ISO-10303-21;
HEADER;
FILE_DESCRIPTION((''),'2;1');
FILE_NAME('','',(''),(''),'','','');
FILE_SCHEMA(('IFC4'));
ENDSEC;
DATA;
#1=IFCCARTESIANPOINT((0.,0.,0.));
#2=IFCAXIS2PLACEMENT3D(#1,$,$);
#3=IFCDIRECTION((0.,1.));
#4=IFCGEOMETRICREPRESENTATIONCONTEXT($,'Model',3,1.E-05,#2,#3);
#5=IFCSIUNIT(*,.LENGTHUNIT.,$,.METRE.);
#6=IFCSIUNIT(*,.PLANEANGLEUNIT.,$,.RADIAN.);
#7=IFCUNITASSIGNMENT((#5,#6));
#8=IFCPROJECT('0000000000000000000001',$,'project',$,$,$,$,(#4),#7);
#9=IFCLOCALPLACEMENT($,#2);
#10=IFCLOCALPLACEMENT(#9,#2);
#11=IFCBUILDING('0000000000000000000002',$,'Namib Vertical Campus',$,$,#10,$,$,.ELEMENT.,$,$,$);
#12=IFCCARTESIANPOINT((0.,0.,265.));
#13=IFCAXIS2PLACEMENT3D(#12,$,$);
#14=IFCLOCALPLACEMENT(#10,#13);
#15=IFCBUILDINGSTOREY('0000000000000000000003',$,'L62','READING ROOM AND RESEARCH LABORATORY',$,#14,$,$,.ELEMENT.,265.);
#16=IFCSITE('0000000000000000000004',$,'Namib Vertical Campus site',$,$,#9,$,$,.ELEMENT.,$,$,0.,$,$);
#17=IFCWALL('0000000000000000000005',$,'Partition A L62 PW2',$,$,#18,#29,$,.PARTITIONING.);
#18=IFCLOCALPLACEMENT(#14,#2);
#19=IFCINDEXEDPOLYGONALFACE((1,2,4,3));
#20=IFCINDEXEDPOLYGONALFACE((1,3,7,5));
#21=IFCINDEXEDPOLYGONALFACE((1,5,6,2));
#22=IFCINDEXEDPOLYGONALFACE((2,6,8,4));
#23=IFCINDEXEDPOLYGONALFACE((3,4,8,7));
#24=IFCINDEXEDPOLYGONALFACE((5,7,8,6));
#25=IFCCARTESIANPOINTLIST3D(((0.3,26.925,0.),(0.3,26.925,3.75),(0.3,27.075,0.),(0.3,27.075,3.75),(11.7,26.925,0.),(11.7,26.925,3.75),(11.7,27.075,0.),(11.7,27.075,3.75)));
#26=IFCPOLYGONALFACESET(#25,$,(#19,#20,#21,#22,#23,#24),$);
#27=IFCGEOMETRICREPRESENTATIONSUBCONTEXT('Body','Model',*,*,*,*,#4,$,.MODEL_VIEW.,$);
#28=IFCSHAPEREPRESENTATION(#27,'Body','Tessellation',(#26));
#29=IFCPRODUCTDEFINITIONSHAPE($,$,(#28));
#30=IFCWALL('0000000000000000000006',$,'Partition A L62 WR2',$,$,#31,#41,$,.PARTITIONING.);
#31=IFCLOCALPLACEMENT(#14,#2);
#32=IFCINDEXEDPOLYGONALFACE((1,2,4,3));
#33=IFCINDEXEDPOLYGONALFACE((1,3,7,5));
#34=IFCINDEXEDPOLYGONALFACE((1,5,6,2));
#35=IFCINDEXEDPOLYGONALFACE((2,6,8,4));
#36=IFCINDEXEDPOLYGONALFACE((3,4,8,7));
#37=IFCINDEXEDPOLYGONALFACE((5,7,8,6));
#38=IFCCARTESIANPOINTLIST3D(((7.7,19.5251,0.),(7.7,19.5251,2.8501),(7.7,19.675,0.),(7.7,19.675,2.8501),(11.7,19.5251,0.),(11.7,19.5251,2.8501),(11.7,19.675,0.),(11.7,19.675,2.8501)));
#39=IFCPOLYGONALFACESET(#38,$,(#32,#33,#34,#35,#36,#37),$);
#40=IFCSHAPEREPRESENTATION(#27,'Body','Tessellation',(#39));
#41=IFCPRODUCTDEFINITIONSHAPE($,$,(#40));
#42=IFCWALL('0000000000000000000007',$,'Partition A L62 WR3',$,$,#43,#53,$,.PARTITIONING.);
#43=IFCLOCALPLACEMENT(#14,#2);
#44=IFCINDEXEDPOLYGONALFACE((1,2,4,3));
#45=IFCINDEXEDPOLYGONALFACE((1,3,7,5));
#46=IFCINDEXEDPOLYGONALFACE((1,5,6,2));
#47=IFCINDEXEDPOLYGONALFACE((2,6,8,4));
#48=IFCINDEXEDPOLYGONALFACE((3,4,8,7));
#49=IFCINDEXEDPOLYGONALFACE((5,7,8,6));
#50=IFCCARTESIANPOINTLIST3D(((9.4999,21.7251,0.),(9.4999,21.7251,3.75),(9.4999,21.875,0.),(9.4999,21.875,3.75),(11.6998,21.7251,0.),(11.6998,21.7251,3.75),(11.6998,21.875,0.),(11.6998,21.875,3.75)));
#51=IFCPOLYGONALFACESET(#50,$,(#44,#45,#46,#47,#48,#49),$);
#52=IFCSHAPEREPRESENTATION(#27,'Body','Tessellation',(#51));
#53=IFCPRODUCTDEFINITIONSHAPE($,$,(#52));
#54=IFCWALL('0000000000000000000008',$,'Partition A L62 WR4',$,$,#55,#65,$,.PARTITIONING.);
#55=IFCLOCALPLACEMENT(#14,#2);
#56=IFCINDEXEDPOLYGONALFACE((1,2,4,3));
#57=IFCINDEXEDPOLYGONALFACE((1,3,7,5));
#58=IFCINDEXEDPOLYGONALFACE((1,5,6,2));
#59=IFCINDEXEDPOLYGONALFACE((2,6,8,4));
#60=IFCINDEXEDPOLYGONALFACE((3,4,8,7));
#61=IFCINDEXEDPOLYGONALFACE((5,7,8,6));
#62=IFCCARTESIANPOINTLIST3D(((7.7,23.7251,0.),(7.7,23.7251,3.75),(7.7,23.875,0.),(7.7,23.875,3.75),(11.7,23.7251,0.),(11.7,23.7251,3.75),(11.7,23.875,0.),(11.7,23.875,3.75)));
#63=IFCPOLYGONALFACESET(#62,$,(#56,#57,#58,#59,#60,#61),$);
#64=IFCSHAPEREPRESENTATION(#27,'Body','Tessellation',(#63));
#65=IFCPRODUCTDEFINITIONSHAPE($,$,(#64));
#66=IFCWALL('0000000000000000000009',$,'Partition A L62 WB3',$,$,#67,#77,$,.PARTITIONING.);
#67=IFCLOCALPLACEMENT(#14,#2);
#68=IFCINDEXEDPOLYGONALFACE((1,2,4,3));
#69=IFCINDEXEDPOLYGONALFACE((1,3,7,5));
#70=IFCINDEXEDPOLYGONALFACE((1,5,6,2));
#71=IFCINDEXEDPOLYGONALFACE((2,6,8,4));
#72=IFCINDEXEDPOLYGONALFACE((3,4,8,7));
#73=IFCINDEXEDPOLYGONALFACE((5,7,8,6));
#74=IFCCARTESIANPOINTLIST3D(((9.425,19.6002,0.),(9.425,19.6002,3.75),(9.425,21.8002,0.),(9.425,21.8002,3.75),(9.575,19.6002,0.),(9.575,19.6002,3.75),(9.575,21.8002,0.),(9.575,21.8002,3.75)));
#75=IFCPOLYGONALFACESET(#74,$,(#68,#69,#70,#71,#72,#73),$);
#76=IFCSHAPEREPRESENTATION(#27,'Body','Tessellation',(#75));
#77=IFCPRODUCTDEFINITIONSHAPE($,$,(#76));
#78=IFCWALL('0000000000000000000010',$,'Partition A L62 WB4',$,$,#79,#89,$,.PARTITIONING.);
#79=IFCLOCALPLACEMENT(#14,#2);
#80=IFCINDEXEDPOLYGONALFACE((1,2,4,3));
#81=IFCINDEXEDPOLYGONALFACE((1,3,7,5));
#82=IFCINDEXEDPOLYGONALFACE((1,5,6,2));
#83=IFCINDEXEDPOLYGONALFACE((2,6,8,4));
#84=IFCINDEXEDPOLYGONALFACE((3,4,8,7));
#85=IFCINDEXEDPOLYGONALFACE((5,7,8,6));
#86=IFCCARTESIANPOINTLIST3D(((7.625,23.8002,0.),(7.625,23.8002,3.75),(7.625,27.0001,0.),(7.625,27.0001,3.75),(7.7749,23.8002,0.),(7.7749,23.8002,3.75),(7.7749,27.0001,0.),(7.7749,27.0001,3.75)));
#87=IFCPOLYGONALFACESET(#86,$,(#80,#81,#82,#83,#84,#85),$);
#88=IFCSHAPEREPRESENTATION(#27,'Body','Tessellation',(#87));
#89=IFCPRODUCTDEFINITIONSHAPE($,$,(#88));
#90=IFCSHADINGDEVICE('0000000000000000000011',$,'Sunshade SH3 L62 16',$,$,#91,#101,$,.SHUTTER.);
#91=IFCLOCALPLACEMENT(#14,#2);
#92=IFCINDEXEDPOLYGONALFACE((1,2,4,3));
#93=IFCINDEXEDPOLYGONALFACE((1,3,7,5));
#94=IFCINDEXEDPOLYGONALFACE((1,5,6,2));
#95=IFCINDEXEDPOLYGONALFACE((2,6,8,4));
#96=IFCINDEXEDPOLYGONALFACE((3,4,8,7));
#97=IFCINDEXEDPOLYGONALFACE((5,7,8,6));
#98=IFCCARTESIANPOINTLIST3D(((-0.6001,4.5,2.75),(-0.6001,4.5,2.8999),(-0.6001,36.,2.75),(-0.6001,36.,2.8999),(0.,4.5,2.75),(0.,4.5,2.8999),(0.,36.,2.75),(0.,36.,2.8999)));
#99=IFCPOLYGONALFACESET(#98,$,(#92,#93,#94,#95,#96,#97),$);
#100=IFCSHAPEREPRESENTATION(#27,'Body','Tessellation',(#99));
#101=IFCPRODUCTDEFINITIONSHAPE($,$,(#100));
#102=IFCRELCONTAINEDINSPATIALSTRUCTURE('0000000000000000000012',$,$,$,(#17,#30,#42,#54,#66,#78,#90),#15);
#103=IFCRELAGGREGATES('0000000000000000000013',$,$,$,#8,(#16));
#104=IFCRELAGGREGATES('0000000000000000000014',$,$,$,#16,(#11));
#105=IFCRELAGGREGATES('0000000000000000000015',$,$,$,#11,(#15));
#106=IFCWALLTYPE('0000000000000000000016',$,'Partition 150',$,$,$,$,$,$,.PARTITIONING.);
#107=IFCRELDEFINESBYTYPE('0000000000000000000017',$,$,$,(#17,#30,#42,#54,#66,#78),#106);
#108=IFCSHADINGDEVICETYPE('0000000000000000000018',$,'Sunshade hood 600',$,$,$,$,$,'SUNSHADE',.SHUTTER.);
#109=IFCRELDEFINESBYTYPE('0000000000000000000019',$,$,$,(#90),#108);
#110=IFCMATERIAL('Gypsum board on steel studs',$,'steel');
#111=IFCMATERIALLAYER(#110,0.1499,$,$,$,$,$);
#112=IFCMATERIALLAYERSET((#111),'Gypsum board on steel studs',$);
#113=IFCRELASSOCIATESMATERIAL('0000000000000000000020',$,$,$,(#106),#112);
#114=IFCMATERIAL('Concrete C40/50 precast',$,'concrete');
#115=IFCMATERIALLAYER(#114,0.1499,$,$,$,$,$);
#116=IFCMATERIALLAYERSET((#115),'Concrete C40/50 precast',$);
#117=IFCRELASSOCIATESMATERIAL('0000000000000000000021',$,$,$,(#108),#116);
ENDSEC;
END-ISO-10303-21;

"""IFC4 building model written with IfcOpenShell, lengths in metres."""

from ifc_helpers import new_model, si_unit, direction, frame, frame_2d, origin, origin_2d, place, context, subcontext, project, spatial, rectangle, extrude, material, layer, layer_set, type_object, element, save


model = new_model("IFC4")

# Units and contexts
model_context = context("Model", 3, precision=1e-05, world=origin(), true_north=direction((0.0, 1.0)))
body_context = subcontext(model_context, "Body", "Model", "MODEL_VIEW")
ifc_project = project(units=[si_unit("LENGTHUNIT", "METRE"), si_unit("PLANEANGLEUNIT", "RADIAN")], contexts=[model_context])

# Site, building, storey
site_placement = place(None, origin())
site = spatial("IfcSite", under=ifc_project, at=site_placement, Name="Namib Vertical Campus site", CompositionType="ELEMENT", RefElevation=0.0)
building_placement = place(site_placement, origin())
building = spatial("IfcBuilding", under=site, at=building_placement, Name="Namib Vertical Campus", CompositionType="ELEMENT")
storey_placement = place(building_placement, frame((0.0, 0.0, 265.0)))
storey = spatial("IfcBuildingStorey", under=building, at=storey_placement, Name="L62", Description="READING ROOM AND RESEARCH LABORATORY", CompositionType="ELEMENT", Elevation=265.0)

# Walls
ifc_material_1 = material(Name="Gypsum board on steel studs", Category="steel")
ifc_layer_1 = layer(ifc_material_1, 0.1499)
ifc_layer_set_1 = layer_set([ifc_layer_1], Name="Gypsum board on steel studs")
wall_type_1 = type_object("IfcWallType", Name="Partition 150", PredefinedType="PARTITIONING", material=ifc_layer_set_1)
wall_1_placement = place(storey_placement, frame((0.3, 27.0, 0.0), z_axis=(0.0, 0.0, 1.0), x_axis=(1.0, 0.0, 0.0)))
element("IfcWall", 1, at=wall_1_placement, inside=storey, type_object=wall_type_1, Name="Partition A L62 PW2", PredefinedType="PARTITIONING", context=body_context, shape_type="SweptSolid", body=[
    extrude(rectangle(XDim=11.3999, YDim=0.1499, at=frame_2d((5.7, 0.0))), origin(), (0.0, 0.0, 1.0), 3.75),
])
wall_2_placement = place(storey_placement, frame((11.7, 19.6001, 0.0), z_axis=(0.0, 0.0, 1.0), x_axis=(-1.0, 0.0, 0.0)))
element("IfcWall", 2, at=wall_2_placement, inside=storey, type_object=wall_type_1, Name="Partition A L62 WR2", PredefinedType="PARTITIONING", context=body_context, shape_type="SweptSolid", body=[
    extrude(rectangle(XDim=4.0, YDim=0.1499, at=frame_2d((2.0, 0.0))), origin(), (0.0, 0.0, 1.0), 2.8501),
])
wall_3_placement = place(storey_placement, frame((11.7, 21.8, 0.0), z_axis=(0.0, 0.0, 1.0), x_axis=(-1.0, 0.0, 0.0)))
element("IfcWall", 3, at=wall_3_placement, inside=storey, type_object=wall_type_1, Name="Partition A L62 WR3", PredefinedType="PARTITIONING", context=body_context, shape_type="SweptSolid", body=[
    extrude(rectangle(XDim=2.2, YDim=0.1499, at=frame_2d((1.1001, 0.0))), origin(), (0.0, 0.0, 1.0), 3.75),
])
wall_4_placement = place(storey_placement, frame((11.7, 23.8, 0.0), z_axis=(0.0, 0.0, 1.0), x_axis=(-1.0, 0.0, 0.0)))
element("IfcWall", 4, at=wall_4_placement, inside=storey, type_object=wall_type_1, Name="Partition A L62 WR4", PredefinedType="PARTITIONING", context=body_context, shape_type="SweptSolid", body=[
    extrude(rectangle(XDim=4.0, YDim=0.1499, at=frame_2d((2.0, 0.0))), origin(), (0.0, 0.0, 1.0), 3.75),
])
wall_5_placement = place(storey_placement, frame((9.5, 19.6001, 0.0), z_axis=(0.0, 0.0, 1.0), x_axis=(0.0, 1.0, 0.0)))
element("IfcWall", 5, at=wall_5_placement, inside=storey, type_object=wall_type_1, Name="Partition A L62 WB3", PredefinedType="PARTITIONING", context=body_context, shape_type="SweptSolid", body=[
    extrude(rectangle(XDim=2.2, YDim=0.1499, at=frame_2d((1.1001, 0.0))), origin(), (0.0, 0.0, 1.0), 3.75),
])
wall_6_placement = place(storey_placement, frame((7.7, 23.8, 0.0), z_axis=(0.0, 0.0, 1.0), x_axis=(0.0, 1.0, 0.0)))
element("IfcWall", 6, at=wall_6_placement, inside=storey, type_object=wall_type_1, Name="Partition A L62 WB4", PredefinedType="PARTITIONING", context=body_context, shape_type="SweptSolid", body=[
    extrude(rectangle(XDim=3.2, YDim=0.1499, at=frame_2d((1.6001, 0.0))), origin(), (0.0, 0.0, 1.0), 3.75),
])

# Shading device
ifc_material_2 = material(Name="Concrete C40/50 precast", Category="concrete")
ifc_layer_2 = layer(ifc_material_2, 0.1499)
ifc_layer_set_2 = layer_set([ifc_layer_2], Name="Concrete C40/50 precast")
shading_device_type = type_object("IfcShadingDeviceType", Name="Sunshade hood 600", ElementType="SUNSHADE", PredefinedType="SHUTTER", material=ifc_layer_set_2)
shading_device_placement = place(storey_placement, frame((-0.3, 20.25, 2.75), z_axis=(0.0, 0.0, 1.0), x_axis=(0.0, -1.0, 0.0)))
element("IfcShadingDevice", 7, at=shading_device_placement, inside=storey, type_object=shading_device_type, Name="Sunshade SH3 L62 16", PredefinedType="SHUTTER", context=body_context, shape_type="SweptSolid", body=[
    extrude(rectangle(XDim=31.5, YDim=0.6001, at=origin_2d()), origin(), (0.0, 0.0, 1.0), 0.1499),
])

save(model, "model.ifc")
